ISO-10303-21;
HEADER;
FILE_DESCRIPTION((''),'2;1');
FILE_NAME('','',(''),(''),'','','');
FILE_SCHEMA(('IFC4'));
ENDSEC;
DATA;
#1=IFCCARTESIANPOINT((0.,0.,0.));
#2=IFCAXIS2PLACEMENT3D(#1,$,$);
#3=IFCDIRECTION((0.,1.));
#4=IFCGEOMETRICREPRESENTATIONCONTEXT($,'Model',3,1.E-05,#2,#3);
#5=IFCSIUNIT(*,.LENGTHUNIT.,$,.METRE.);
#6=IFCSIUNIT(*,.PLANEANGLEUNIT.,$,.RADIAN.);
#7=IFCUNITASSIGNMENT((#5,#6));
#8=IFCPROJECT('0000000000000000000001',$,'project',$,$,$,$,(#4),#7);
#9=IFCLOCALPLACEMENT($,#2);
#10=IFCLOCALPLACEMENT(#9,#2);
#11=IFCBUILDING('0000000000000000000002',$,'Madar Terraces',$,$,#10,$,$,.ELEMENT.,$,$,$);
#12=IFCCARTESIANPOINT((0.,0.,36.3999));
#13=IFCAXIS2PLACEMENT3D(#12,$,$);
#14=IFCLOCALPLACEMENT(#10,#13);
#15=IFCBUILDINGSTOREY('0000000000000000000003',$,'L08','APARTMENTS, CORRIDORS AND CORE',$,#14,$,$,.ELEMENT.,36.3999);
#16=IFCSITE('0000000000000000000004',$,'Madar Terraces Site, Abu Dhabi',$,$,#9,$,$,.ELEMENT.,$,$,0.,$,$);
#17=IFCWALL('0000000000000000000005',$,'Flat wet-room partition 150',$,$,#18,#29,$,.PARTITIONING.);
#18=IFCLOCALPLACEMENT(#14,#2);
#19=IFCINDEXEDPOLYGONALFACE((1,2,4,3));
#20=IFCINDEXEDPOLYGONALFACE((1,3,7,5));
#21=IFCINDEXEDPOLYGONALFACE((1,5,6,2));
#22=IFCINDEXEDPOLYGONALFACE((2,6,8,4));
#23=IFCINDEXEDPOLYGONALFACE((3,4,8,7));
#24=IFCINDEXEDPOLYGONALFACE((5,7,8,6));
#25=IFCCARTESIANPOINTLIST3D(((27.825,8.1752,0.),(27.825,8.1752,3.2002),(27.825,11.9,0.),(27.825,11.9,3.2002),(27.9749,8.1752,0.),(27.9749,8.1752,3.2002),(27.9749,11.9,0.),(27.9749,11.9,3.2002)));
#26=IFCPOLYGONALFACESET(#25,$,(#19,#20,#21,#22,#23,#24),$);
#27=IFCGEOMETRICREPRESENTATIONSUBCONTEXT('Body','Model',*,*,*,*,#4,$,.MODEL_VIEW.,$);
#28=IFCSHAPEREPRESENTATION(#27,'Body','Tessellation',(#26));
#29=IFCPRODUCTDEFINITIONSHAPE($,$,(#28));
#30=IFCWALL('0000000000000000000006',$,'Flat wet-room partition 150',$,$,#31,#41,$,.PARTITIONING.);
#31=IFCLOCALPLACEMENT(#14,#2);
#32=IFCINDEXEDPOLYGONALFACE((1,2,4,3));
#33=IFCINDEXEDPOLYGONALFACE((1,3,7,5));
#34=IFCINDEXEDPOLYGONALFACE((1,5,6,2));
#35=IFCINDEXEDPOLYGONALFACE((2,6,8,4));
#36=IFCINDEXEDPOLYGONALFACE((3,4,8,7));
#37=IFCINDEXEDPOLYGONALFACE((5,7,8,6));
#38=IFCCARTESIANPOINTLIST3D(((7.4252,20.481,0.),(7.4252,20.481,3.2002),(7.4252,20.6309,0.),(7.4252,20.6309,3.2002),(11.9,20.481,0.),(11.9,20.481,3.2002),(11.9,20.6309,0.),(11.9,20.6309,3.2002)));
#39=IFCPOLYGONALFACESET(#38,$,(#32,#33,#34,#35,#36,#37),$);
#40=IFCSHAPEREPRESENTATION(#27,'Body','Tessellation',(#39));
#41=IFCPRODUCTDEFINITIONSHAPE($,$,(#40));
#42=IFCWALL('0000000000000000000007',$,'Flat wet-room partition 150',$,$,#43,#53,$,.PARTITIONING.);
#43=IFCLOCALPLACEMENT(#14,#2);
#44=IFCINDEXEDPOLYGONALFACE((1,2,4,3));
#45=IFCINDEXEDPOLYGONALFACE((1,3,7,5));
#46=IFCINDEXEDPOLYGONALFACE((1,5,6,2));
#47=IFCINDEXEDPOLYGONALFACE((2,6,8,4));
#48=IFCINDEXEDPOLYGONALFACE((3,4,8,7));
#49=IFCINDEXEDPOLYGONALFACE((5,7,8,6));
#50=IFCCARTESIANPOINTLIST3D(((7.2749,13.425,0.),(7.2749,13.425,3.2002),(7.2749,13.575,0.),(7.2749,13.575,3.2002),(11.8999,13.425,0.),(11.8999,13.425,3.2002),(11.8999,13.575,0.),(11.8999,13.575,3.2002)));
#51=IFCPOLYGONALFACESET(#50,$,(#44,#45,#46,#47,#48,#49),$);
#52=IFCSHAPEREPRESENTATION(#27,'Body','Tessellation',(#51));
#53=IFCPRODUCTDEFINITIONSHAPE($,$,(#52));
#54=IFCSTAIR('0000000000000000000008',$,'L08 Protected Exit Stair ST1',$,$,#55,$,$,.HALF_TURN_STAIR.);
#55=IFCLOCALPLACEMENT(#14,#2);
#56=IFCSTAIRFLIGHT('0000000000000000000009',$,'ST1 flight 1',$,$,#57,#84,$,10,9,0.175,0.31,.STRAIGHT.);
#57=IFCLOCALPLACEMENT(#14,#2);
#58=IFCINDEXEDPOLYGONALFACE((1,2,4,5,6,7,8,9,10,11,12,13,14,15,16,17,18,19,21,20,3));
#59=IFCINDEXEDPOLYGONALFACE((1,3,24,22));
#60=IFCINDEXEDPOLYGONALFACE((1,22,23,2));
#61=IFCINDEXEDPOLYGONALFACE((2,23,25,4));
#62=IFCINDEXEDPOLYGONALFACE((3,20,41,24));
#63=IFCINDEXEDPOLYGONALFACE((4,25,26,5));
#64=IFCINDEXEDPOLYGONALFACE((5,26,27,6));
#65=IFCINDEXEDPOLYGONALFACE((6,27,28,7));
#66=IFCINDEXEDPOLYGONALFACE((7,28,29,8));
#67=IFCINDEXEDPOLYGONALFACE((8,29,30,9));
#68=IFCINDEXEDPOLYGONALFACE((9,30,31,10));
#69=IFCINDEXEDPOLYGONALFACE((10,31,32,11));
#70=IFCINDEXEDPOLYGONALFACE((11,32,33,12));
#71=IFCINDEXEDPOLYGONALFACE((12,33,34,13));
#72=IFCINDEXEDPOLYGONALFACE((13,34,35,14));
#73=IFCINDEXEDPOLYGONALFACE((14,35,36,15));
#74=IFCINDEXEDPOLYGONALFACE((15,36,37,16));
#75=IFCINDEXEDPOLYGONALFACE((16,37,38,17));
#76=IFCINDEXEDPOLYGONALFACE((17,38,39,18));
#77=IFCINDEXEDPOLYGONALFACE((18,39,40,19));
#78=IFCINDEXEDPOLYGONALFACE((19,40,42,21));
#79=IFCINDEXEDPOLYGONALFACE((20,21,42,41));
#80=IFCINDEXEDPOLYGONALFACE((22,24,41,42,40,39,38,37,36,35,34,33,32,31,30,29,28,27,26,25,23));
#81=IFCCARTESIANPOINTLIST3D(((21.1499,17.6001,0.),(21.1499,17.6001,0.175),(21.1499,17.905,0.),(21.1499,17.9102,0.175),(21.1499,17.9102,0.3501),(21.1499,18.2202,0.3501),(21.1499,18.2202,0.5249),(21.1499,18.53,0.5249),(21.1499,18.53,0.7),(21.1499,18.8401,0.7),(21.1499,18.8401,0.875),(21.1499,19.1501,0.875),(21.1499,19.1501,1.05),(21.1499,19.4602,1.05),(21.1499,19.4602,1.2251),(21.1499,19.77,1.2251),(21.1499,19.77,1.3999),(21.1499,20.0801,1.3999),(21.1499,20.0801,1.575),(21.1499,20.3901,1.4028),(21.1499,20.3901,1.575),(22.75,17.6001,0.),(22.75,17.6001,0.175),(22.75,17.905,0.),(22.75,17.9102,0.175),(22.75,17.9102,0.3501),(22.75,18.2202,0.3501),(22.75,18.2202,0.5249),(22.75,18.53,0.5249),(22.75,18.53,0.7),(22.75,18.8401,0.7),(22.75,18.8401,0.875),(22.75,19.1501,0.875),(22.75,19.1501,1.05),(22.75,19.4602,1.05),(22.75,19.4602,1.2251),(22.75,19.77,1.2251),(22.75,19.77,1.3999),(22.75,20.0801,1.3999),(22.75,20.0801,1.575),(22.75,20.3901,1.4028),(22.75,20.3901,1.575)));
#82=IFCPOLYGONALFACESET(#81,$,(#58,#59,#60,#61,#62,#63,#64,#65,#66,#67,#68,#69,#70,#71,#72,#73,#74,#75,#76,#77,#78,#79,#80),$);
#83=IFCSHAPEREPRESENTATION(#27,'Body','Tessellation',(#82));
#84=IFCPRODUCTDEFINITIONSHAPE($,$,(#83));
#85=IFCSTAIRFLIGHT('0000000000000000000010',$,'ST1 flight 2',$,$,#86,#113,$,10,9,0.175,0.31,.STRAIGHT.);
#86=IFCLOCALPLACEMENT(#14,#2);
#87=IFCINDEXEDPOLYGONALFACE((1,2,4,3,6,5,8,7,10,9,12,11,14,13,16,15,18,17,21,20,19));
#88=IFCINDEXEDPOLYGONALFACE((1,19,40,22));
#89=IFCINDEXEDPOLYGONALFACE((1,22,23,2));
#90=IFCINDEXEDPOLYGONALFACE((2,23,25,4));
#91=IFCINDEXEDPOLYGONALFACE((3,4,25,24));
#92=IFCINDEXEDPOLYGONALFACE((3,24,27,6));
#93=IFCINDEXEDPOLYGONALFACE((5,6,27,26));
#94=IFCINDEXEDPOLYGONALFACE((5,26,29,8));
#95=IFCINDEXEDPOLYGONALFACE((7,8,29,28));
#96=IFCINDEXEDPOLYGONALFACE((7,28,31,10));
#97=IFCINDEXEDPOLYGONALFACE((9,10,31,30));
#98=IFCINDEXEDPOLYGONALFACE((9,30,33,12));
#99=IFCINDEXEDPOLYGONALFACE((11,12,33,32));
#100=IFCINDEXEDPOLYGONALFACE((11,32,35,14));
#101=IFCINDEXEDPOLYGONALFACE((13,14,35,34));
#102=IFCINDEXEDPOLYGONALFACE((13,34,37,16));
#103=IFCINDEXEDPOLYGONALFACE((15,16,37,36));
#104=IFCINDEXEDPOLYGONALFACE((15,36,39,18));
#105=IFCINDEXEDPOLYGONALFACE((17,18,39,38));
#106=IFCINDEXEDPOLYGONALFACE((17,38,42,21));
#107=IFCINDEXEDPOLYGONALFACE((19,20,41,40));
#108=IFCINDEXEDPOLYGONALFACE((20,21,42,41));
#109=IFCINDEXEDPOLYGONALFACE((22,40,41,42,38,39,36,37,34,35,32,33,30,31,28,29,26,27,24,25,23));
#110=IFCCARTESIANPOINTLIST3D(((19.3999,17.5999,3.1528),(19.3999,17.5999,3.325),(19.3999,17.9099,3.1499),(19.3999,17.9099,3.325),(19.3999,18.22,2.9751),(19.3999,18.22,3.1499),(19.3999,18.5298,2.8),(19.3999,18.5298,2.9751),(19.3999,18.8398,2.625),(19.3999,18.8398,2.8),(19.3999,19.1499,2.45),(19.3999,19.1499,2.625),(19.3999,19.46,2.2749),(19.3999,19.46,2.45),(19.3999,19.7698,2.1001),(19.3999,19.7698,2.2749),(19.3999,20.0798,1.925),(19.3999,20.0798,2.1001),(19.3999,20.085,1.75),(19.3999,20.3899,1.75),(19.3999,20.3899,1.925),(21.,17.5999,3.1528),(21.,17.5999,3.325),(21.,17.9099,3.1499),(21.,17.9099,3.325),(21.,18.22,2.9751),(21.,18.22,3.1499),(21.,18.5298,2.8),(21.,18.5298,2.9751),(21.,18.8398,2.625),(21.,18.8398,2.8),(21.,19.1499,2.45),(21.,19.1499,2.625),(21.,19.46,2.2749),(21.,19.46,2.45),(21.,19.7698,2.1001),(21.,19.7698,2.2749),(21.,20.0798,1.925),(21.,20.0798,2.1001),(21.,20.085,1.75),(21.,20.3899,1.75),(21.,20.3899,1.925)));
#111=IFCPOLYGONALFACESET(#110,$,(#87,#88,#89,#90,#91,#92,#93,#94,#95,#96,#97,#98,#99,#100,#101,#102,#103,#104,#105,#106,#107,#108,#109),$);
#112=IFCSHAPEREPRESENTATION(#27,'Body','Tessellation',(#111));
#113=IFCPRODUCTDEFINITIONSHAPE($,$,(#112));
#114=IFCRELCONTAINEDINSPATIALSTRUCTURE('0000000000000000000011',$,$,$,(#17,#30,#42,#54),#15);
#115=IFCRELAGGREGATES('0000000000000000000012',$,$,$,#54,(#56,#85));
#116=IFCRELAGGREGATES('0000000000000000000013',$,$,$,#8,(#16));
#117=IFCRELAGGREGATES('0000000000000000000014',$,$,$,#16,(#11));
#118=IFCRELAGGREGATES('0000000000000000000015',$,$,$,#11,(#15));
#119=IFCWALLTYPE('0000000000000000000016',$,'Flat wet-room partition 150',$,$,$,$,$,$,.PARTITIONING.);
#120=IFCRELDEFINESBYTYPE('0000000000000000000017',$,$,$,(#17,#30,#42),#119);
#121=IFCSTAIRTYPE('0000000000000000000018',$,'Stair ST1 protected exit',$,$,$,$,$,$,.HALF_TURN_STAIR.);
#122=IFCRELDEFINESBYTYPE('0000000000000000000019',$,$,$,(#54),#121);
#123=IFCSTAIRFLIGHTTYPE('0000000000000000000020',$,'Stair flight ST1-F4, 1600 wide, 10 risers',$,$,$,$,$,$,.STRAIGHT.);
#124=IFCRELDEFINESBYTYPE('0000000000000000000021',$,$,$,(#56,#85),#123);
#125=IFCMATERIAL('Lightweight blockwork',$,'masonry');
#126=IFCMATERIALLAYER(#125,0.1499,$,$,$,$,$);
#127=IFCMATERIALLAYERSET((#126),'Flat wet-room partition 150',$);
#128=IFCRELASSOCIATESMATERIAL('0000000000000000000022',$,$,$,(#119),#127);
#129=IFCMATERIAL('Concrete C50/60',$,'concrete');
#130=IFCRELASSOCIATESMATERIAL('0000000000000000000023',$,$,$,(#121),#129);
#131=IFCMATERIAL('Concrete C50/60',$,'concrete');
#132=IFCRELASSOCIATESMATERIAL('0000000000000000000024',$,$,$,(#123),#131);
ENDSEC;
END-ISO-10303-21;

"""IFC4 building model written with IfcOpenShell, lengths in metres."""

from ifc_helpers import new_model, si_unit, direction, frame, frame_2d, origin, place, context, subcontext, project, spatial, polyline, rectangle, outline, extrude, material, layer, layer_set, type_object, element, aggregate, save


model = new_model("IFC4")

# Units and contexts
model_context = context("Model", 3, precision=1e-05, world=origin(), true_north=direction((0.0, 1.0)))
body_context = subcontext(model_context, "Body", "Model", "MODEL_VIEW")
ifc_project = project(units=[si_unit("LENGTHUNIT", "METRE"), si_unit("PLANEANGLEUNIT", "RADIAN")], contexts=[model_context])

# Site, building, storey
site_placement = place(None, origin())
site = spatial("IfcSite", under=ifc_project, at=site_placement, Name="Madar Terraces Site, Abu Dhabi", CompositionType="ELEMENT", RefElevation=0.0)
building_placement = place(site_placement, origin())
building = spatial("IfcBuilding", under=site, at=building_placement, Name="Madar Terraces", CompositionType="ELEMENT")
storey_placement = place(building_placement, frame((0.0, 0.0, 36.3999)))
storey = spatial("IfcBuildingStorey", under=building, at=storey_placement, Name="L08", Description="APARTMENTS, CORRIDORS AND CORE", CompositionType="ELEMENT", Elevation=36.3999)

# Walls
ifc_material_1 = material(Name="Lightweight blockwork", Category="masonry")
ifc_layer_1 = layer(ifc_material_1, 0.1499)
ifc_layer_set_1 = layer_set([ifc_layer_1], Name="Flat wet-room partition 150")
wall_type_1 = type_object("IfcWallType", Name="Flat wet-room partition 150", PredefinedType="PARTITIONING", material=ifc_layer_set_1)
wall_1_placement = place(storey_placement, frame((27.8999, 11.8999, 0.0), z_axis=(0.0, 0.0, 1.0), x_axis=(0.0, -1.0, 0.0)))
element("IfcWall", 1, at=wall_1_placement, inside=storey, type_object=wall_type_1, Name="Flat wet-room partition 150", PredefinedType="PARTITIONING", context=body_context, shape_type="SweptSolid", body=[
    extrude(rectangle(XDim=3.7249, YDim=0.1499, at=frame_2d((1.8623, 0.0))), origin(), (0.0, 0.0, 1.0), 3.2002),
])
wall_2_placement = place(storey_placement, frame((11.8999, 20.5559, 0.0), z_axis=(0.0, 0.0, 1.0), x_axis=(-1.0, 0.0, 0.0)))
element("IfcWall", 2, at=wall_2_placement, inside=storey, type_object=wall_type_1, Name="Flat wet-room partition 150", PredefinedType="PARTITIONING", context=body_context, shape_type="SweptSolid", body=[
    extrude(rectangle(XDim=4.4749, YDim=0.1499, at=frame_2d((2.2373, 0.0))), origin(), (0.0, 0.0, 1.0), 3.2002),
])
wall_3_placement = place(storey_placement, frame((11.8999, 13.5, 0.0), z_axis=(0.0, 0.0, 1.0), x_axis=(-1.0, 0.0, 0.0)))
element("IfcWall", 3, at=wall_3_placement, inside=storey, type_object=wall_type_1, Name="Flat wet-room partition 150", PredefinedType="PARTITIONING", context=body_context, shape_type="SweptSolid", body=[
    extrude(rectangle(XDim=4.625, YDim=0.1499, at=frame_2d((2.3125, 0.0))), origin(), (0.0, 0.0, 1.0), 3.2002),
])

# Stair, stair flights
ifc_material_2 = material(Name="Concrete C50/60", Category="concrete")
stair_type = type_object("IfcStairType", Name="Stair ST1 protected exit", PredefinedType="HALF_TURN_STAIR", material=ifc_material_2)
stair_placement = place(storey_placement, origin())
stair = element("IfcStair", 4, at=stair_placement, inside=storey, type_object=stair_type, Name="L08 Protected Exit Stair ST1", PredefinedType="HALF_TURN_STAIR")
ifc_material_3 = material(Name="Concrete C50/60", Category="concrete")
stair_flight_type = type_object("IfcStairFlightType", Name="Stair flight ST1-F4, 1600 wide, 10 risers", PredefinedType="STRAIGHT", material=ifc_material_3)
stair_flight_1_placement = place(storey_placement, frame((21.95, 17.6001, 0.0), z_axis=(0.0, 0.0, 1.0), x_axis=(0.0, 1.0, 0.0)))
stair_flight_1 = element("IfcStairFlight", 5, at=stair_flight_1_placement, type_object=stair_flight_type, Name="ST1 flight 1", NumberOfRisers=10, NumberOfTreads=9, PredefinedType="STRAIGHT", RiserHeight=0.175, TreadLength=0.31, context=body_context, shape_type="SweptSolid", body=[
    extrude(outline(polyline([(0.0, 0.0), (0.0, 0.175), (0.3101, 0.175), (0.3101, 0.3501), (0.6201, 0.3501), (0.6201, 0.5249), (0.9299, 0.5249), (0.9299, 0.7), (1.24, 0.7), (1.24, 0.875), (1.55, 0.875), (1.55, 1.05), (1.8601, 1.05), (1.8601, 1.2251), (2.1699, 1.2251), (2.1699, 1.3999), (2.48, 1.3999), (2.48, 1.575), (2.79, 1.575), (2.79, 1.75), (2.79, 1.4028), (0.3049, 0.0), (0.0, 0.0)])), frame((0.0, 0.8, 0.0), z_axis=(0.0, -1.0, 0.0), x_axis=(1.0, 0.0, 0.0)), (0.0, 0.0, 1.0), 1.6001),
])
stair_flight_2_placement = place(storey_placement, frame((20.2, 20.3899, 1.75), z_axis=(0.0, 0.0, 1.0), x_axis=(0.0, -1.0, 0.0)))
stair_flight_2 = element("IfcStairFlight", 6, at=stair_flight_2_placement, type_object=stair_flight_type, Name="ST1 flight 2", NumberOfRisers=10, NumberOfTreads=9, PredefinedType="STRAIGHT", RiserHeight=0.175, TreadLength=0.31, context=body_context, shape_type="SweptSolid", body=[
    extrude(outline(polyline([(0.0, 0.0), (0.0, 0.175), (0.3101, 0.175), (0.3101, 0.3501), (0.6201, 0.3501), (0.6201, 0.5249), (0.9299, 0.5249), (0.9299, 0.7), (1.24, 0.7), (1.24, 0.875), (1.55, 0.875), (1.55, 1.05), (1.8601, 1.05), (1.8601, 1.2251), (2.1699, 1.2251), (2.1699, 1.3999), (2.48, 1.3999), (2.48, 1.575), (2.79, 1.575), (2.79, 1.75), (2.79, 1.4028), (0.3049, 0.0), (0.0, 0.0)])), frame((0.0, 0.8, 0.0), z_axis=(0.0, -1.0, 0.0), x_axis=(1.0, 0.0, 0.0)), (0.0, 0.0, 1.0), 1.6001),
])
aggregate(stair, [stair_flight_1, stair_flight_2])

save(model, "model.ifc")
